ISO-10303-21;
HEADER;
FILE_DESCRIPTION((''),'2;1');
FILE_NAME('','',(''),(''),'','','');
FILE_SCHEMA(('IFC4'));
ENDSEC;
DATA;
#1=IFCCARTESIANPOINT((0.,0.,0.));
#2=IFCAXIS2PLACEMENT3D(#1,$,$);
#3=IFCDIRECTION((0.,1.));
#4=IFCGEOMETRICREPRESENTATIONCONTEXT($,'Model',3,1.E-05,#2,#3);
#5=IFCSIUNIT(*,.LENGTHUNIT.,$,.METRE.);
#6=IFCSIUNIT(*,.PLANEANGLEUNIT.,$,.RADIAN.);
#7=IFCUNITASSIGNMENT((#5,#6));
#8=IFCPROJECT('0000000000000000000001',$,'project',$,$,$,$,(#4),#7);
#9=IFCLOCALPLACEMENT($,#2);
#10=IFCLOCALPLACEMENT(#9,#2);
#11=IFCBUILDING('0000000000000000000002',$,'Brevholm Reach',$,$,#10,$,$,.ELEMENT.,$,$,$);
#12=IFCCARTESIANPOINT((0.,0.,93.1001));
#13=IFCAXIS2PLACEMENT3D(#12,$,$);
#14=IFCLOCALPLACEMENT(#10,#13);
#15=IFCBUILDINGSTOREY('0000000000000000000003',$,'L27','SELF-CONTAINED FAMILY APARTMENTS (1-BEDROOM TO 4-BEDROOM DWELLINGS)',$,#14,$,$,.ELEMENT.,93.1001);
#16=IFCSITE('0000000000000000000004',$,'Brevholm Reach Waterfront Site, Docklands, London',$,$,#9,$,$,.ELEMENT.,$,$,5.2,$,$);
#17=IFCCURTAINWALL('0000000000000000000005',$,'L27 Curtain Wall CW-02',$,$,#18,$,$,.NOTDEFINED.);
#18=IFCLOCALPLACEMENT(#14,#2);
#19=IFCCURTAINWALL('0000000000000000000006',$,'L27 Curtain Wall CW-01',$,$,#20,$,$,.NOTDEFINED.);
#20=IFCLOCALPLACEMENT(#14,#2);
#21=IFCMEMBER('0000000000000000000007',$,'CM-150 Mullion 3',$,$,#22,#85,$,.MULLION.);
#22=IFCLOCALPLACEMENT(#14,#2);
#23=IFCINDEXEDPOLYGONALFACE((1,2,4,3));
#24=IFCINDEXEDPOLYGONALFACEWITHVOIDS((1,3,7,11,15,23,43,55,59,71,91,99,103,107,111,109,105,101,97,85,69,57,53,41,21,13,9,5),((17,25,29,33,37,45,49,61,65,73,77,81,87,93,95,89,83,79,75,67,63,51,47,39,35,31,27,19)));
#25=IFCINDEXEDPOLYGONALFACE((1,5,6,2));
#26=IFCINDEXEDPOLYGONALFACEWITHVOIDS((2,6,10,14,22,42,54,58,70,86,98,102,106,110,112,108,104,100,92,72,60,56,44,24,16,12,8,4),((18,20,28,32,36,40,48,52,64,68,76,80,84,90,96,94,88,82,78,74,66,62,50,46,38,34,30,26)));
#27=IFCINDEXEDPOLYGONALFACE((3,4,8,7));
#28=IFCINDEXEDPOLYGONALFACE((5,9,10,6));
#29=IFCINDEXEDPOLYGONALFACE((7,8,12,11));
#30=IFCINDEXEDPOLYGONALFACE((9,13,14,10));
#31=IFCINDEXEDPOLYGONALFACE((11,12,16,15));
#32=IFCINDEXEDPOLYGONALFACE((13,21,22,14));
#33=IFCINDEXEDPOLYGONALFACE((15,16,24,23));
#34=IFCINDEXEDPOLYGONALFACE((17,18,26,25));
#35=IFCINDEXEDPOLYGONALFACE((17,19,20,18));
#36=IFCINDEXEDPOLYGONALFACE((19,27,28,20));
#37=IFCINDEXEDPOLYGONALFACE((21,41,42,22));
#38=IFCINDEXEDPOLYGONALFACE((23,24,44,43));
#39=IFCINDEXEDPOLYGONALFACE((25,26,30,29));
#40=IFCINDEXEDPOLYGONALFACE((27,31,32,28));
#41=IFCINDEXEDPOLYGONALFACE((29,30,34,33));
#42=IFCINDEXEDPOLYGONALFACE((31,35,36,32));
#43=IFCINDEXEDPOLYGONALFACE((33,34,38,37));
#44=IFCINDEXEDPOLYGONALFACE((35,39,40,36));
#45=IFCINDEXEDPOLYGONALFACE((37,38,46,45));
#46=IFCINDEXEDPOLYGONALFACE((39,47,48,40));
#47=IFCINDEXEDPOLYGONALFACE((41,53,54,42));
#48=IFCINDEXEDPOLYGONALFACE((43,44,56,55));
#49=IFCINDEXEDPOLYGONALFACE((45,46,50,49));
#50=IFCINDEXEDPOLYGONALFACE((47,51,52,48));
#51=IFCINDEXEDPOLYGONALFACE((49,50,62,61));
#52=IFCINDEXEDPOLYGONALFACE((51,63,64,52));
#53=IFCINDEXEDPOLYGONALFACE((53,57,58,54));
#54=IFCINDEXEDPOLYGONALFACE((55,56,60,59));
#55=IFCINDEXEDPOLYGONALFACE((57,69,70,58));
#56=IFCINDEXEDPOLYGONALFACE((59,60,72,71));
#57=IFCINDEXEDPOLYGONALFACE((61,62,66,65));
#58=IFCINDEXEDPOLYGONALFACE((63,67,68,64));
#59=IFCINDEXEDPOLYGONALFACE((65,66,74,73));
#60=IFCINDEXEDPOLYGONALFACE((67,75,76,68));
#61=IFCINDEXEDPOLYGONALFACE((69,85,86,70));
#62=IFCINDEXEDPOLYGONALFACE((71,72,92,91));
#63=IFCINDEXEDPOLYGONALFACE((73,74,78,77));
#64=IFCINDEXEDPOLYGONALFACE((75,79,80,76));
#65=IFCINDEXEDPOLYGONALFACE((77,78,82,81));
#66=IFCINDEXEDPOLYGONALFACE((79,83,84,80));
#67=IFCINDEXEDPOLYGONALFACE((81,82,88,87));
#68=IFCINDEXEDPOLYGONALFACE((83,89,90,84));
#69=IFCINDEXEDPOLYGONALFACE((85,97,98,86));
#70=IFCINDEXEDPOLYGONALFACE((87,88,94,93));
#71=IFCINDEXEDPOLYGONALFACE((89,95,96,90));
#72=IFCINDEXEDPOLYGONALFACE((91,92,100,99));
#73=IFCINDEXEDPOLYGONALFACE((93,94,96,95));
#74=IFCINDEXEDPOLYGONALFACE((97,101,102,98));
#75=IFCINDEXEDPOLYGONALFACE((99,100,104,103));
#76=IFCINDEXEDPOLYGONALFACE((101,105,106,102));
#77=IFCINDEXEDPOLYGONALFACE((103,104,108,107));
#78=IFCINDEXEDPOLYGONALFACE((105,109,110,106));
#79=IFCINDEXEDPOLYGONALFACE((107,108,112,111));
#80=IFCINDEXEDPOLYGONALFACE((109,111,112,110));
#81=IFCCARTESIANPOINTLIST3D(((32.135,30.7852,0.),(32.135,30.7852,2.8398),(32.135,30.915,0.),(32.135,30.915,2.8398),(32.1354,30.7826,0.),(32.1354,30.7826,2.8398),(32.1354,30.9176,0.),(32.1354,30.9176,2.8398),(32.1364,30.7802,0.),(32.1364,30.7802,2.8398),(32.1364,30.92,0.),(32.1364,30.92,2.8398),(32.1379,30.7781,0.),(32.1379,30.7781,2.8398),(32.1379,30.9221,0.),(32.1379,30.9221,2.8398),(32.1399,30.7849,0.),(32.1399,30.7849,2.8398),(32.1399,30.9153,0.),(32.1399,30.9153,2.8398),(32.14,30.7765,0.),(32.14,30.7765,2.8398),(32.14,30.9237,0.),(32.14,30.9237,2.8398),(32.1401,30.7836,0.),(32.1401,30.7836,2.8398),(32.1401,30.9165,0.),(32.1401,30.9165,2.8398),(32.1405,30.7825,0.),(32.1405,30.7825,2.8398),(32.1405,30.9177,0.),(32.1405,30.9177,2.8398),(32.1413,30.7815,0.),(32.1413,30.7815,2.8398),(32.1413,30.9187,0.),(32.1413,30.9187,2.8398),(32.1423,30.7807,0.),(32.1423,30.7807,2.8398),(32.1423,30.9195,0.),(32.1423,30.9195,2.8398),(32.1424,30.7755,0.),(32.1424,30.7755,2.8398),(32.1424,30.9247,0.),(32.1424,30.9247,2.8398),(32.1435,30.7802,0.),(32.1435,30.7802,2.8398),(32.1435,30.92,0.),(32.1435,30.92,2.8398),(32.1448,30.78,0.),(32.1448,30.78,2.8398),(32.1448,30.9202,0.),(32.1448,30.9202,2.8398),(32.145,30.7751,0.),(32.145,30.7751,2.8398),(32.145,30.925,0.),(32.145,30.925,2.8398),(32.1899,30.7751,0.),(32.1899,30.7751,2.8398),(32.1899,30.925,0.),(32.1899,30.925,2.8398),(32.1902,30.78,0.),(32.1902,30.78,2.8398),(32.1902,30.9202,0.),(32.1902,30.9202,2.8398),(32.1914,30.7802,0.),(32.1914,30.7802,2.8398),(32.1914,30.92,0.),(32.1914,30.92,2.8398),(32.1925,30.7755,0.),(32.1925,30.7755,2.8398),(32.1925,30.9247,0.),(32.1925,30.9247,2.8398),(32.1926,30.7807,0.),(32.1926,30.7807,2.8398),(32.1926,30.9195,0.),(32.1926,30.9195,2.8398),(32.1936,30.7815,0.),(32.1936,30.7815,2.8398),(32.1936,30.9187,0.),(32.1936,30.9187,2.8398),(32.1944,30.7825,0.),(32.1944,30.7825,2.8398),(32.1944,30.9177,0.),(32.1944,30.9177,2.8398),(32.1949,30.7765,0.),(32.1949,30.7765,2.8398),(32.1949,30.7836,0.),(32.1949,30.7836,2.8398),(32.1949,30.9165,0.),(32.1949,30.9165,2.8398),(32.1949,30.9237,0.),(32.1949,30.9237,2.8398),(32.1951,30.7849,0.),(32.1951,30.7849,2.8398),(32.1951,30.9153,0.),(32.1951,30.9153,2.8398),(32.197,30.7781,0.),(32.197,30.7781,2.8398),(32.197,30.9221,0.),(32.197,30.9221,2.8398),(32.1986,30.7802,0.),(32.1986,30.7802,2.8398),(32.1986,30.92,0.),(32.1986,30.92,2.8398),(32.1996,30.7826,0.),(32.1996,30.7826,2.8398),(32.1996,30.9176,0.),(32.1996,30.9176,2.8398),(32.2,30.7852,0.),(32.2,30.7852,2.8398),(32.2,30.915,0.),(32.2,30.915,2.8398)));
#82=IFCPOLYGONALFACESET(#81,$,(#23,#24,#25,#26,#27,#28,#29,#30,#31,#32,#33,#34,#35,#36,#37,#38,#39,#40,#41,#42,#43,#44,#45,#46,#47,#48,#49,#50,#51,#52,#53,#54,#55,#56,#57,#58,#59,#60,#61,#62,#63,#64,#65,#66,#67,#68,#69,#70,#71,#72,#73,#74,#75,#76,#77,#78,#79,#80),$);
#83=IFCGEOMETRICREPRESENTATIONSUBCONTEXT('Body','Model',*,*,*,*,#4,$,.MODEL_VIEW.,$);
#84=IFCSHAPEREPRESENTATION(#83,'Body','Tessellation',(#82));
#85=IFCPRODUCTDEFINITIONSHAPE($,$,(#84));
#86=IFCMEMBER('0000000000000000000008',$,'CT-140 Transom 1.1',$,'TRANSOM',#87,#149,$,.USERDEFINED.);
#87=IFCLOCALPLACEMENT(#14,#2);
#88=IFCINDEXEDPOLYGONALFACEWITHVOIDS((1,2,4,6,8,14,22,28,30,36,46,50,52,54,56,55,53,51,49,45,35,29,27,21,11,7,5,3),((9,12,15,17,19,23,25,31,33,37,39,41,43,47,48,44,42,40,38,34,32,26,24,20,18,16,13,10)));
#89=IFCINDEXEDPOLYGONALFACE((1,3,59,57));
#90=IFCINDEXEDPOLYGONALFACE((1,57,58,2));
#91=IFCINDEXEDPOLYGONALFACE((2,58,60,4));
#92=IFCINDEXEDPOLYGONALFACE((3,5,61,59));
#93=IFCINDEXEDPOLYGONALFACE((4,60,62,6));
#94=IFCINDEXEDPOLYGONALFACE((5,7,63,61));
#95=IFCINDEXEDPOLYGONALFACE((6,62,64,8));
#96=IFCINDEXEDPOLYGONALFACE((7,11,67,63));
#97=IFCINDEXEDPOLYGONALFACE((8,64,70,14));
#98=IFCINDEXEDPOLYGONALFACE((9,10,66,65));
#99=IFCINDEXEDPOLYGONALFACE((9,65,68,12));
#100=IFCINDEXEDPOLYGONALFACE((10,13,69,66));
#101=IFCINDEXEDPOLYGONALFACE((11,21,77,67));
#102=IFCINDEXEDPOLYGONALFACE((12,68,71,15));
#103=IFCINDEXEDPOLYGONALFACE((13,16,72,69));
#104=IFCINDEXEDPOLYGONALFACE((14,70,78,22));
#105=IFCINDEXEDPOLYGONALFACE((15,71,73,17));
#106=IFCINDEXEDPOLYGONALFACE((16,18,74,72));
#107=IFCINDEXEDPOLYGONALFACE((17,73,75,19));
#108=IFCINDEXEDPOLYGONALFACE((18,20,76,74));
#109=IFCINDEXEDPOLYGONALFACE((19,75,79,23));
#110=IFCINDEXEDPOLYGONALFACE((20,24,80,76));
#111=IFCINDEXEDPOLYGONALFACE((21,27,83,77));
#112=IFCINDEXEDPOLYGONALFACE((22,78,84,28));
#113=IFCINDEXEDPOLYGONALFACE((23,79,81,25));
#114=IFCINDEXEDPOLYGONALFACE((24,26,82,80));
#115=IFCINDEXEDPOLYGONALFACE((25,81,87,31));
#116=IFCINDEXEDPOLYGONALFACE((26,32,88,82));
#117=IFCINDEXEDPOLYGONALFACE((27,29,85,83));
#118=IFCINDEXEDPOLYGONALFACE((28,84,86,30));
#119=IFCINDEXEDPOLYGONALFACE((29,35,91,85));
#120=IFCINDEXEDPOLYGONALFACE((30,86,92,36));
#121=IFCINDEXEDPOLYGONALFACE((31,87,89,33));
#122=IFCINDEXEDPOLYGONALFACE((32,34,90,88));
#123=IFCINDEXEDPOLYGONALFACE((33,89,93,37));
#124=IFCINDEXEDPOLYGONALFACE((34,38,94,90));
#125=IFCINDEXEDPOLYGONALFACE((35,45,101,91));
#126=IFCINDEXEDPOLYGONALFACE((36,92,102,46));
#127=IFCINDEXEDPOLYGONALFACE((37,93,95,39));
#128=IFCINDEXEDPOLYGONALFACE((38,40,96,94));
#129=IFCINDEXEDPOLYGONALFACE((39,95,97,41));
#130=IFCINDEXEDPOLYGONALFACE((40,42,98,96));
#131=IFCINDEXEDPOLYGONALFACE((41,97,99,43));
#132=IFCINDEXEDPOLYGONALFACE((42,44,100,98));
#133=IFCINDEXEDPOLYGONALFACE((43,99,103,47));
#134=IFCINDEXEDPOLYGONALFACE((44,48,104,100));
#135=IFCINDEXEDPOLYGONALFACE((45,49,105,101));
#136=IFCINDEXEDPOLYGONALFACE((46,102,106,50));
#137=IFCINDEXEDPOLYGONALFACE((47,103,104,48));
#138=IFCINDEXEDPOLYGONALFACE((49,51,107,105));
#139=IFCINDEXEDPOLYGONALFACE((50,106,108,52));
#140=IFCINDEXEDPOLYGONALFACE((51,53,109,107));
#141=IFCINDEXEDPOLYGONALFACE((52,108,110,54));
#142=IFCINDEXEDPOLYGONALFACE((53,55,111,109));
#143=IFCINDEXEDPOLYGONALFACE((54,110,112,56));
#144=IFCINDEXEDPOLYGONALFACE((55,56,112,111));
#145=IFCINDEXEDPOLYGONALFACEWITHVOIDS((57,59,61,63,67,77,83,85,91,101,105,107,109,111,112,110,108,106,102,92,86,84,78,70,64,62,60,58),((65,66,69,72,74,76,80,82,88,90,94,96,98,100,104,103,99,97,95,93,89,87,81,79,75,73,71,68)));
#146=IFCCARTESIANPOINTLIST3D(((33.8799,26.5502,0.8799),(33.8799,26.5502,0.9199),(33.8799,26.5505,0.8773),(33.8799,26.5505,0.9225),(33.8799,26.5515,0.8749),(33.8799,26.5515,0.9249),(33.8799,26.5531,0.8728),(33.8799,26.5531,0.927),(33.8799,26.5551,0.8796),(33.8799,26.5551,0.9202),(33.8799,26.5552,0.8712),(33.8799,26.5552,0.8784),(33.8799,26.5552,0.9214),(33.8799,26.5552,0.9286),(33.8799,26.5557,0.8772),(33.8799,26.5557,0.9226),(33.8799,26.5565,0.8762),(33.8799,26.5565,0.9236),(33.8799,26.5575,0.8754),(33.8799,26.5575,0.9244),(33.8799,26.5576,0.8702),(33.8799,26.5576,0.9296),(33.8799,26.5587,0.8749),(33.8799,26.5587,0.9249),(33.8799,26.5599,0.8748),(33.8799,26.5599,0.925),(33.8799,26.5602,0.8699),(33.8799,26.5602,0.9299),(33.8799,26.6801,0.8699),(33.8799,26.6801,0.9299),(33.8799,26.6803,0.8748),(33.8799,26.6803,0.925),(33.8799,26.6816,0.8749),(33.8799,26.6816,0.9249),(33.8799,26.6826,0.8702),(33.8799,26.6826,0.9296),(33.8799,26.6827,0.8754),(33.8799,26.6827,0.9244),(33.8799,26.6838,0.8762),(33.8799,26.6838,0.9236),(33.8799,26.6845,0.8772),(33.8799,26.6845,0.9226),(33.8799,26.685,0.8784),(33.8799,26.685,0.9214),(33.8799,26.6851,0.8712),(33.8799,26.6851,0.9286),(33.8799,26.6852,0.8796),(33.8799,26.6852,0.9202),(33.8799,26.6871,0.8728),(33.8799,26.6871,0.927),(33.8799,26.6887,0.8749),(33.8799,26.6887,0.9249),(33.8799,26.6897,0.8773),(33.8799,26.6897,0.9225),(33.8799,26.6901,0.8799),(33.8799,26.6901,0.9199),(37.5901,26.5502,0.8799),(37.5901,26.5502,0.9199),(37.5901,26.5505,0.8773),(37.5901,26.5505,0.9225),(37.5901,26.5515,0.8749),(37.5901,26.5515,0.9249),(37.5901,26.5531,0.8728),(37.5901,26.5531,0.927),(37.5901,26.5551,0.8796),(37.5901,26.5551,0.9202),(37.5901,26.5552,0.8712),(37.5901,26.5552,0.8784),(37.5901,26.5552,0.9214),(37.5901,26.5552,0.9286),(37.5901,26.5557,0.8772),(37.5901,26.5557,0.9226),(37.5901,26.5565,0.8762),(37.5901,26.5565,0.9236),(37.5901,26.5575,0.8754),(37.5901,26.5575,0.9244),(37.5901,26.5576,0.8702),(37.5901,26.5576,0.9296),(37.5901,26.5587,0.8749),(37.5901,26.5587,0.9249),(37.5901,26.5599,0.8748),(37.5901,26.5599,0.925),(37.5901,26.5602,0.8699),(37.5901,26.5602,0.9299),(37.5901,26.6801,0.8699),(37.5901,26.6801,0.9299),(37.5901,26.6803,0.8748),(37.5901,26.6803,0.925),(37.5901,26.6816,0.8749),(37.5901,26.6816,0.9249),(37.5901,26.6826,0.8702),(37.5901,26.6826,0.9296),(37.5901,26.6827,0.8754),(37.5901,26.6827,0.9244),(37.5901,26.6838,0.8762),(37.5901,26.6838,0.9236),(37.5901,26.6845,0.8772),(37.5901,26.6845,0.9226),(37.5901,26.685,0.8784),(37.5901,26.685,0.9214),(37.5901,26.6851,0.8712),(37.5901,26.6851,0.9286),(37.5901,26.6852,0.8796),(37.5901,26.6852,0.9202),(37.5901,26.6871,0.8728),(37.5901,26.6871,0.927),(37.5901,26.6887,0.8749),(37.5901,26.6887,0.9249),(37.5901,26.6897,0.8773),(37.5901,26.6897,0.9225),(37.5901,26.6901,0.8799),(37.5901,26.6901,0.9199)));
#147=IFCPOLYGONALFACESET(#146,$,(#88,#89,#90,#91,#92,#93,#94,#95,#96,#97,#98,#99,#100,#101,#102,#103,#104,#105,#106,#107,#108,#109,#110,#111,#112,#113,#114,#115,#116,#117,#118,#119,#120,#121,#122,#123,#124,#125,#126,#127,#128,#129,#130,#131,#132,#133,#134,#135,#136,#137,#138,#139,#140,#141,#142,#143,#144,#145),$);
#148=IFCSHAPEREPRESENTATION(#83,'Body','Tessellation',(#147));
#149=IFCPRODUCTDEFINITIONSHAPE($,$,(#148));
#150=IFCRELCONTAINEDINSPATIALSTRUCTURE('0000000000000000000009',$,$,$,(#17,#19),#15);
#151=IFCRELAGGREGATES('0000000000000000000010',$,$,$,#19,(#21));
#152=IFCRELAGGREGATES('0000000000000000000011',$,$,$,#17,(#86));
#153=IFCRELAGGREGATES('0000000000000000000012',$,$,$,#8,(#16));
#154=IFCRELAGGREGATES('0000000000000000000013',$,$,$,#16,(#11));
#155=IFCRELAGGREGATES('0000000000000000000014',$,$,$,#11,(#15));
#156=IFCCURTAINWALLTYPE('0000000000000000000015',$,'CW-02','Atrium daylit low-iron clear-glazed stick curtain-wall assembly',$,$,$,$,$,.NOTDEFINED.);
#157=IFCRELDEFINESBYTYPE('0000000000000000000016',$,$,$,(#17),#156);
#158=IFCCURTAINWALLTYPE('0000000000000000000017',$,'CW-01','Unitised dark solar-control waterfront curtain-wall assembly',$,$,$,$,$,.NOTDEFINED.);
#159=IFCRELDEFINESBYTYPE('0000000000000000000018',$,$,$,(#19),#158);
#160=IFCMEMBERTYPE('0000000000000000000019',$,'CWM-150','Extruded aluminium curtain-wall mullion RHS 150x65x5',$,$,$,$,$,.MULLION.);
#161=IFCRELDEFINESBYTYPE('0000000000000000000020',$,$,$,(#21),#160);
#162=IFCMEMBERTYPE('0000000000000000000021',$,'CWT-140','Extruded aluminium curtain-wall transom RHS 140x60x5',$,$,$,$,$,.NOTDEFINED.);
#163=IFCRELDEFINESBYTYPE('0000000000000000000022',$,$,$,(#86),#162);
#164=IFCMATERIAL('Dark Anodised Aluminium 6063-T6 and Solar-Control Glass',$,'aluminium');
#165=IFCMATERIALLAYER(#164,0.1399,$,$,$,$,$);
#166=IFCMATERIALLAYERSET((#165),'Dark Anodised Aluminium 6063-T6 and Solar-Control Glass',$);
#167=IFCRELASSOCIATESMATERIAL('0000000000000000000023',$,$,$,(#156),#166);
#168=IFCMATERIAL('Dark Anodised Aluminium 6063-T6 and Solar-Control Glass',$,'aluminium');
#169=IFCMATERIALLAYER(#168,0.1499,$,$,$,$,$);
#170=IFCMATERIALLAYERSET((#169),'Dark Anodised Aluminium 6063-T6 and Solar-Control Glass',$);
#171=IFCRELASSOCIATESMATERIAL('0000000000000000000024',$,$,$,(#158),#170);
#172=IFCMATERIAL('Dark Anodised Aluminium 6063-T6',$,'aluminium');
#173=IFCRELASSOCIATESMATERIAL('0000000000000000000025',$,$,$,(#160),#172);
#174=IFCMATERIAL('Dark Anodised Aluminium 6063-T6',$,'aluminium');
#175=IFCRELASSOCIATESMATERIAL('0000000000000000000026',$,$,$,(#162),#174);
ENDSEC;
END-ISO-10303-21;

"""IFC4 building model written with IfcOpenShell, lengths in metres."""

from ifc_helpers import new_model, si_unit, direction, frame, origin, origin_2d, place, context, subcontext, project, spatial, hollow_rectangle, extrude, material, layer, layer_set, material_profile, profile_set, type_object, element, aggregate, save


model = new_model("IFC4")

# Units and contexts
model_context = context("Model", 3, precision=1e-05, world=origin(), true_north=direction((0.0, 1.0)))
body_context = subcontext(model_context, "Body", "Model", "MODEL_VIEW")
ifc_project = project(units=[si_unit("LENGTHUNIT", "METRE"), si_unit("PLANEANGLEUNIT", "RADIAN")], contexts=[model_context])

# Site, building, storey
site_placement = place(None, origin())
site = spatial("IfcSite", under=ifc_project, at=site_placement, Name="Brevholm Reach Waterfront Site, Docklands, London", CompositionType="ELEMENT", RefElevation=5.2)
building_placement = place(site_placement, origin())
building = spatial("IfcBuilding", under=site, at=building_placement, Name="Brevholm Reach", CompositionType="ELEMENT")
storey_placement = place(building_placement, frame((0.0, 0.0, 93.1001)))
storey = spatial("IfcBuildingStorey", under=building, at=storey_placement, Name="L27", Description="SELF-CONTAINED FAMILY APARTMENTS (1-BEDROOM TO 4-BEDROOM DWELLINGS)", CompositionType="ELEMENT", Elevation=93.1001)

# Curtain walls, member
ifc_material_1 = material(Name="Dark Anodised Aluminium 6063-T6 and Solar-Control Glass", Category="aluminium")
ifc_layer_1 = layer(ifc_material_1, 0.1399)
ifc_layer_set_1 = layer_set([ifc_layer_1], Name="Dark Anodised Aluminium 6063-T6 and Solar-Control Glass")
curtain_wall_type_1 = type_object("IfcCurtainWallType", Name="CW-02", Description="Atrium daylit low-iron clear-glazed stick curtain-wall assembly", PredefinedType="NOTDEFINED", material=ifc_layer_set_1)
curtain_wall_1_placement = place(storey_placement, origin())
curtain_wall_1 = element("IfcCurtainWall", 1, at=curtain_wall_1_placement, inside=storey, type_object=curtain_wall_type_1, Name="L27 Curtain Wall CW-02", PredefinedType="NOTDEFINED")
ifc_material_2 = material(Name="Dark Anodised Aluminium 6063-T6 and Solar-Control Glass", Category="aluminium")
ifc_layer_2 = layer(ifc_material_2, 0.1499)
ifc_layer_set_2 = layer_set([ifc_layer_2], Name="Dark Anodised Aluminium 6063-T6 and Solar-Control Glass")
curtain_wall_type_2 = type_object("IfcCurtainWallType", Name="CW-01", Description="Unitised dark solar-control waterfront curtain-wall assembly", PredefinedType="NOTDEFINED", material=ifc_layer_set_2)
curtain_wall_2_placement = place(storey_placement, origin())
curtain_wall_2 = element("IfcCurtainWall", 2, at=curtain_wall_2_placement, inside=storey, type_object=curtain_wall_type_2, Name="L27 Curtain Wall CW-01", PredefinedType="NOTDEFINED")
ifc_material_3 = material(Name="Dark Anodised Aluminium 6063-T6", Category="aluminium")
ifc_material_profile_1 = material_profile(ifc_material_3, hollow_rectangle(XDim=0.0649, YDim=0.1499, WallThickness=0.0049, InnerFilletRadius=0.0049, OuterFilletRadius=0.01, at=origin_2d()), Name="RHS 150x65x5")
ifc_profile_set_1 = profile_set([ifc_material_profile_1], Name="Dark Anodised Aluminium 6063-T6")
member_type_1 = type_object("IfcMemberType", Name="CWM-150", Description="Extruded aluminium curtain-wall mullion RHS 150x65x5", PredefinedType="MULLION", material=ifc_profile_set_1)
member_1_placement = place(storey_placement, frame((32.1675, 30.8501, 0.0), z_axis=(0.0, 0.0, 1.0), x_axis=(1.0, 0.0, 0.0)))
member_1 = element("IfcMember", 3, at=member_1_placement, type_object=member_type_1, Name="CM-150 Mullion 3", PredefinedType="MULLION", context=body_context, shape_type="SweptSolid", body=[
    extrude(hollow_rectangle(XDim=0.0649, YDim=0.1499, WallThickness=0.0049, InnerFilletRadius=0.0049, OuterFilletRadius=0.01, at=origin_2d()), origin(), (0.0, 0.0, 1.0), 2.8398),
])

# Member
ifc_material_4 = material(Name="Dark Anodised Aluminium 6063-T6", Category="aluminium")
ifc_material_profile_2 = material_profile(ifc_material_4, hollow_rectangle(XDim=0.0601, YDim=0.1399, WallThickness=0.0049, InnerFilletRadius=0.0049, OuterFilletRadius=0.01, at=origin_2d()), Name="RHS 140x60x5")
ifc_profile_set_2 = profile_set([ifc_material_profile_2], Name="Dark Anodised Aluminium 6063-T6")
member_type_2 = type_object("IfcMemberType", Name="CWT-140", Description="Extruded aluminium curtain-wall transom RHS 140x60x5", PredefinedType="NOTDEFINED", material=ifc_profile_set_2)
member_2_placement = place(storey_placement, frame((37.5901, 26.6201, 0.8999), z_axis=(-1.0, 0.0, 0.0), x_axis=(0.0, 0.0, 1.0)))
member_2 = element("IfcMember", 4, at=member_2_placement, type_object=member_type_2, Name="CT-140 Transom 1.1", ObjectType="TRANSOM", PredefinedType="USERDEFINED", context=body_context, shape_type="SweptSolid", body=[
    extrude(hollow_rectangle(XDim=0.0601, YDim=0.1399, WallThickness=0.0049, InnerFilletRadius=0.0049, OuterFilletRadius=0.01, at=origin_2d()), origin(), (0.0, 0.0, 1.0), 3.7102),
])

aggregate(curtain_wall_2, [member_1])
aggregate(curtain_wall_1, [member_2])

save(model, "model.ifc")
